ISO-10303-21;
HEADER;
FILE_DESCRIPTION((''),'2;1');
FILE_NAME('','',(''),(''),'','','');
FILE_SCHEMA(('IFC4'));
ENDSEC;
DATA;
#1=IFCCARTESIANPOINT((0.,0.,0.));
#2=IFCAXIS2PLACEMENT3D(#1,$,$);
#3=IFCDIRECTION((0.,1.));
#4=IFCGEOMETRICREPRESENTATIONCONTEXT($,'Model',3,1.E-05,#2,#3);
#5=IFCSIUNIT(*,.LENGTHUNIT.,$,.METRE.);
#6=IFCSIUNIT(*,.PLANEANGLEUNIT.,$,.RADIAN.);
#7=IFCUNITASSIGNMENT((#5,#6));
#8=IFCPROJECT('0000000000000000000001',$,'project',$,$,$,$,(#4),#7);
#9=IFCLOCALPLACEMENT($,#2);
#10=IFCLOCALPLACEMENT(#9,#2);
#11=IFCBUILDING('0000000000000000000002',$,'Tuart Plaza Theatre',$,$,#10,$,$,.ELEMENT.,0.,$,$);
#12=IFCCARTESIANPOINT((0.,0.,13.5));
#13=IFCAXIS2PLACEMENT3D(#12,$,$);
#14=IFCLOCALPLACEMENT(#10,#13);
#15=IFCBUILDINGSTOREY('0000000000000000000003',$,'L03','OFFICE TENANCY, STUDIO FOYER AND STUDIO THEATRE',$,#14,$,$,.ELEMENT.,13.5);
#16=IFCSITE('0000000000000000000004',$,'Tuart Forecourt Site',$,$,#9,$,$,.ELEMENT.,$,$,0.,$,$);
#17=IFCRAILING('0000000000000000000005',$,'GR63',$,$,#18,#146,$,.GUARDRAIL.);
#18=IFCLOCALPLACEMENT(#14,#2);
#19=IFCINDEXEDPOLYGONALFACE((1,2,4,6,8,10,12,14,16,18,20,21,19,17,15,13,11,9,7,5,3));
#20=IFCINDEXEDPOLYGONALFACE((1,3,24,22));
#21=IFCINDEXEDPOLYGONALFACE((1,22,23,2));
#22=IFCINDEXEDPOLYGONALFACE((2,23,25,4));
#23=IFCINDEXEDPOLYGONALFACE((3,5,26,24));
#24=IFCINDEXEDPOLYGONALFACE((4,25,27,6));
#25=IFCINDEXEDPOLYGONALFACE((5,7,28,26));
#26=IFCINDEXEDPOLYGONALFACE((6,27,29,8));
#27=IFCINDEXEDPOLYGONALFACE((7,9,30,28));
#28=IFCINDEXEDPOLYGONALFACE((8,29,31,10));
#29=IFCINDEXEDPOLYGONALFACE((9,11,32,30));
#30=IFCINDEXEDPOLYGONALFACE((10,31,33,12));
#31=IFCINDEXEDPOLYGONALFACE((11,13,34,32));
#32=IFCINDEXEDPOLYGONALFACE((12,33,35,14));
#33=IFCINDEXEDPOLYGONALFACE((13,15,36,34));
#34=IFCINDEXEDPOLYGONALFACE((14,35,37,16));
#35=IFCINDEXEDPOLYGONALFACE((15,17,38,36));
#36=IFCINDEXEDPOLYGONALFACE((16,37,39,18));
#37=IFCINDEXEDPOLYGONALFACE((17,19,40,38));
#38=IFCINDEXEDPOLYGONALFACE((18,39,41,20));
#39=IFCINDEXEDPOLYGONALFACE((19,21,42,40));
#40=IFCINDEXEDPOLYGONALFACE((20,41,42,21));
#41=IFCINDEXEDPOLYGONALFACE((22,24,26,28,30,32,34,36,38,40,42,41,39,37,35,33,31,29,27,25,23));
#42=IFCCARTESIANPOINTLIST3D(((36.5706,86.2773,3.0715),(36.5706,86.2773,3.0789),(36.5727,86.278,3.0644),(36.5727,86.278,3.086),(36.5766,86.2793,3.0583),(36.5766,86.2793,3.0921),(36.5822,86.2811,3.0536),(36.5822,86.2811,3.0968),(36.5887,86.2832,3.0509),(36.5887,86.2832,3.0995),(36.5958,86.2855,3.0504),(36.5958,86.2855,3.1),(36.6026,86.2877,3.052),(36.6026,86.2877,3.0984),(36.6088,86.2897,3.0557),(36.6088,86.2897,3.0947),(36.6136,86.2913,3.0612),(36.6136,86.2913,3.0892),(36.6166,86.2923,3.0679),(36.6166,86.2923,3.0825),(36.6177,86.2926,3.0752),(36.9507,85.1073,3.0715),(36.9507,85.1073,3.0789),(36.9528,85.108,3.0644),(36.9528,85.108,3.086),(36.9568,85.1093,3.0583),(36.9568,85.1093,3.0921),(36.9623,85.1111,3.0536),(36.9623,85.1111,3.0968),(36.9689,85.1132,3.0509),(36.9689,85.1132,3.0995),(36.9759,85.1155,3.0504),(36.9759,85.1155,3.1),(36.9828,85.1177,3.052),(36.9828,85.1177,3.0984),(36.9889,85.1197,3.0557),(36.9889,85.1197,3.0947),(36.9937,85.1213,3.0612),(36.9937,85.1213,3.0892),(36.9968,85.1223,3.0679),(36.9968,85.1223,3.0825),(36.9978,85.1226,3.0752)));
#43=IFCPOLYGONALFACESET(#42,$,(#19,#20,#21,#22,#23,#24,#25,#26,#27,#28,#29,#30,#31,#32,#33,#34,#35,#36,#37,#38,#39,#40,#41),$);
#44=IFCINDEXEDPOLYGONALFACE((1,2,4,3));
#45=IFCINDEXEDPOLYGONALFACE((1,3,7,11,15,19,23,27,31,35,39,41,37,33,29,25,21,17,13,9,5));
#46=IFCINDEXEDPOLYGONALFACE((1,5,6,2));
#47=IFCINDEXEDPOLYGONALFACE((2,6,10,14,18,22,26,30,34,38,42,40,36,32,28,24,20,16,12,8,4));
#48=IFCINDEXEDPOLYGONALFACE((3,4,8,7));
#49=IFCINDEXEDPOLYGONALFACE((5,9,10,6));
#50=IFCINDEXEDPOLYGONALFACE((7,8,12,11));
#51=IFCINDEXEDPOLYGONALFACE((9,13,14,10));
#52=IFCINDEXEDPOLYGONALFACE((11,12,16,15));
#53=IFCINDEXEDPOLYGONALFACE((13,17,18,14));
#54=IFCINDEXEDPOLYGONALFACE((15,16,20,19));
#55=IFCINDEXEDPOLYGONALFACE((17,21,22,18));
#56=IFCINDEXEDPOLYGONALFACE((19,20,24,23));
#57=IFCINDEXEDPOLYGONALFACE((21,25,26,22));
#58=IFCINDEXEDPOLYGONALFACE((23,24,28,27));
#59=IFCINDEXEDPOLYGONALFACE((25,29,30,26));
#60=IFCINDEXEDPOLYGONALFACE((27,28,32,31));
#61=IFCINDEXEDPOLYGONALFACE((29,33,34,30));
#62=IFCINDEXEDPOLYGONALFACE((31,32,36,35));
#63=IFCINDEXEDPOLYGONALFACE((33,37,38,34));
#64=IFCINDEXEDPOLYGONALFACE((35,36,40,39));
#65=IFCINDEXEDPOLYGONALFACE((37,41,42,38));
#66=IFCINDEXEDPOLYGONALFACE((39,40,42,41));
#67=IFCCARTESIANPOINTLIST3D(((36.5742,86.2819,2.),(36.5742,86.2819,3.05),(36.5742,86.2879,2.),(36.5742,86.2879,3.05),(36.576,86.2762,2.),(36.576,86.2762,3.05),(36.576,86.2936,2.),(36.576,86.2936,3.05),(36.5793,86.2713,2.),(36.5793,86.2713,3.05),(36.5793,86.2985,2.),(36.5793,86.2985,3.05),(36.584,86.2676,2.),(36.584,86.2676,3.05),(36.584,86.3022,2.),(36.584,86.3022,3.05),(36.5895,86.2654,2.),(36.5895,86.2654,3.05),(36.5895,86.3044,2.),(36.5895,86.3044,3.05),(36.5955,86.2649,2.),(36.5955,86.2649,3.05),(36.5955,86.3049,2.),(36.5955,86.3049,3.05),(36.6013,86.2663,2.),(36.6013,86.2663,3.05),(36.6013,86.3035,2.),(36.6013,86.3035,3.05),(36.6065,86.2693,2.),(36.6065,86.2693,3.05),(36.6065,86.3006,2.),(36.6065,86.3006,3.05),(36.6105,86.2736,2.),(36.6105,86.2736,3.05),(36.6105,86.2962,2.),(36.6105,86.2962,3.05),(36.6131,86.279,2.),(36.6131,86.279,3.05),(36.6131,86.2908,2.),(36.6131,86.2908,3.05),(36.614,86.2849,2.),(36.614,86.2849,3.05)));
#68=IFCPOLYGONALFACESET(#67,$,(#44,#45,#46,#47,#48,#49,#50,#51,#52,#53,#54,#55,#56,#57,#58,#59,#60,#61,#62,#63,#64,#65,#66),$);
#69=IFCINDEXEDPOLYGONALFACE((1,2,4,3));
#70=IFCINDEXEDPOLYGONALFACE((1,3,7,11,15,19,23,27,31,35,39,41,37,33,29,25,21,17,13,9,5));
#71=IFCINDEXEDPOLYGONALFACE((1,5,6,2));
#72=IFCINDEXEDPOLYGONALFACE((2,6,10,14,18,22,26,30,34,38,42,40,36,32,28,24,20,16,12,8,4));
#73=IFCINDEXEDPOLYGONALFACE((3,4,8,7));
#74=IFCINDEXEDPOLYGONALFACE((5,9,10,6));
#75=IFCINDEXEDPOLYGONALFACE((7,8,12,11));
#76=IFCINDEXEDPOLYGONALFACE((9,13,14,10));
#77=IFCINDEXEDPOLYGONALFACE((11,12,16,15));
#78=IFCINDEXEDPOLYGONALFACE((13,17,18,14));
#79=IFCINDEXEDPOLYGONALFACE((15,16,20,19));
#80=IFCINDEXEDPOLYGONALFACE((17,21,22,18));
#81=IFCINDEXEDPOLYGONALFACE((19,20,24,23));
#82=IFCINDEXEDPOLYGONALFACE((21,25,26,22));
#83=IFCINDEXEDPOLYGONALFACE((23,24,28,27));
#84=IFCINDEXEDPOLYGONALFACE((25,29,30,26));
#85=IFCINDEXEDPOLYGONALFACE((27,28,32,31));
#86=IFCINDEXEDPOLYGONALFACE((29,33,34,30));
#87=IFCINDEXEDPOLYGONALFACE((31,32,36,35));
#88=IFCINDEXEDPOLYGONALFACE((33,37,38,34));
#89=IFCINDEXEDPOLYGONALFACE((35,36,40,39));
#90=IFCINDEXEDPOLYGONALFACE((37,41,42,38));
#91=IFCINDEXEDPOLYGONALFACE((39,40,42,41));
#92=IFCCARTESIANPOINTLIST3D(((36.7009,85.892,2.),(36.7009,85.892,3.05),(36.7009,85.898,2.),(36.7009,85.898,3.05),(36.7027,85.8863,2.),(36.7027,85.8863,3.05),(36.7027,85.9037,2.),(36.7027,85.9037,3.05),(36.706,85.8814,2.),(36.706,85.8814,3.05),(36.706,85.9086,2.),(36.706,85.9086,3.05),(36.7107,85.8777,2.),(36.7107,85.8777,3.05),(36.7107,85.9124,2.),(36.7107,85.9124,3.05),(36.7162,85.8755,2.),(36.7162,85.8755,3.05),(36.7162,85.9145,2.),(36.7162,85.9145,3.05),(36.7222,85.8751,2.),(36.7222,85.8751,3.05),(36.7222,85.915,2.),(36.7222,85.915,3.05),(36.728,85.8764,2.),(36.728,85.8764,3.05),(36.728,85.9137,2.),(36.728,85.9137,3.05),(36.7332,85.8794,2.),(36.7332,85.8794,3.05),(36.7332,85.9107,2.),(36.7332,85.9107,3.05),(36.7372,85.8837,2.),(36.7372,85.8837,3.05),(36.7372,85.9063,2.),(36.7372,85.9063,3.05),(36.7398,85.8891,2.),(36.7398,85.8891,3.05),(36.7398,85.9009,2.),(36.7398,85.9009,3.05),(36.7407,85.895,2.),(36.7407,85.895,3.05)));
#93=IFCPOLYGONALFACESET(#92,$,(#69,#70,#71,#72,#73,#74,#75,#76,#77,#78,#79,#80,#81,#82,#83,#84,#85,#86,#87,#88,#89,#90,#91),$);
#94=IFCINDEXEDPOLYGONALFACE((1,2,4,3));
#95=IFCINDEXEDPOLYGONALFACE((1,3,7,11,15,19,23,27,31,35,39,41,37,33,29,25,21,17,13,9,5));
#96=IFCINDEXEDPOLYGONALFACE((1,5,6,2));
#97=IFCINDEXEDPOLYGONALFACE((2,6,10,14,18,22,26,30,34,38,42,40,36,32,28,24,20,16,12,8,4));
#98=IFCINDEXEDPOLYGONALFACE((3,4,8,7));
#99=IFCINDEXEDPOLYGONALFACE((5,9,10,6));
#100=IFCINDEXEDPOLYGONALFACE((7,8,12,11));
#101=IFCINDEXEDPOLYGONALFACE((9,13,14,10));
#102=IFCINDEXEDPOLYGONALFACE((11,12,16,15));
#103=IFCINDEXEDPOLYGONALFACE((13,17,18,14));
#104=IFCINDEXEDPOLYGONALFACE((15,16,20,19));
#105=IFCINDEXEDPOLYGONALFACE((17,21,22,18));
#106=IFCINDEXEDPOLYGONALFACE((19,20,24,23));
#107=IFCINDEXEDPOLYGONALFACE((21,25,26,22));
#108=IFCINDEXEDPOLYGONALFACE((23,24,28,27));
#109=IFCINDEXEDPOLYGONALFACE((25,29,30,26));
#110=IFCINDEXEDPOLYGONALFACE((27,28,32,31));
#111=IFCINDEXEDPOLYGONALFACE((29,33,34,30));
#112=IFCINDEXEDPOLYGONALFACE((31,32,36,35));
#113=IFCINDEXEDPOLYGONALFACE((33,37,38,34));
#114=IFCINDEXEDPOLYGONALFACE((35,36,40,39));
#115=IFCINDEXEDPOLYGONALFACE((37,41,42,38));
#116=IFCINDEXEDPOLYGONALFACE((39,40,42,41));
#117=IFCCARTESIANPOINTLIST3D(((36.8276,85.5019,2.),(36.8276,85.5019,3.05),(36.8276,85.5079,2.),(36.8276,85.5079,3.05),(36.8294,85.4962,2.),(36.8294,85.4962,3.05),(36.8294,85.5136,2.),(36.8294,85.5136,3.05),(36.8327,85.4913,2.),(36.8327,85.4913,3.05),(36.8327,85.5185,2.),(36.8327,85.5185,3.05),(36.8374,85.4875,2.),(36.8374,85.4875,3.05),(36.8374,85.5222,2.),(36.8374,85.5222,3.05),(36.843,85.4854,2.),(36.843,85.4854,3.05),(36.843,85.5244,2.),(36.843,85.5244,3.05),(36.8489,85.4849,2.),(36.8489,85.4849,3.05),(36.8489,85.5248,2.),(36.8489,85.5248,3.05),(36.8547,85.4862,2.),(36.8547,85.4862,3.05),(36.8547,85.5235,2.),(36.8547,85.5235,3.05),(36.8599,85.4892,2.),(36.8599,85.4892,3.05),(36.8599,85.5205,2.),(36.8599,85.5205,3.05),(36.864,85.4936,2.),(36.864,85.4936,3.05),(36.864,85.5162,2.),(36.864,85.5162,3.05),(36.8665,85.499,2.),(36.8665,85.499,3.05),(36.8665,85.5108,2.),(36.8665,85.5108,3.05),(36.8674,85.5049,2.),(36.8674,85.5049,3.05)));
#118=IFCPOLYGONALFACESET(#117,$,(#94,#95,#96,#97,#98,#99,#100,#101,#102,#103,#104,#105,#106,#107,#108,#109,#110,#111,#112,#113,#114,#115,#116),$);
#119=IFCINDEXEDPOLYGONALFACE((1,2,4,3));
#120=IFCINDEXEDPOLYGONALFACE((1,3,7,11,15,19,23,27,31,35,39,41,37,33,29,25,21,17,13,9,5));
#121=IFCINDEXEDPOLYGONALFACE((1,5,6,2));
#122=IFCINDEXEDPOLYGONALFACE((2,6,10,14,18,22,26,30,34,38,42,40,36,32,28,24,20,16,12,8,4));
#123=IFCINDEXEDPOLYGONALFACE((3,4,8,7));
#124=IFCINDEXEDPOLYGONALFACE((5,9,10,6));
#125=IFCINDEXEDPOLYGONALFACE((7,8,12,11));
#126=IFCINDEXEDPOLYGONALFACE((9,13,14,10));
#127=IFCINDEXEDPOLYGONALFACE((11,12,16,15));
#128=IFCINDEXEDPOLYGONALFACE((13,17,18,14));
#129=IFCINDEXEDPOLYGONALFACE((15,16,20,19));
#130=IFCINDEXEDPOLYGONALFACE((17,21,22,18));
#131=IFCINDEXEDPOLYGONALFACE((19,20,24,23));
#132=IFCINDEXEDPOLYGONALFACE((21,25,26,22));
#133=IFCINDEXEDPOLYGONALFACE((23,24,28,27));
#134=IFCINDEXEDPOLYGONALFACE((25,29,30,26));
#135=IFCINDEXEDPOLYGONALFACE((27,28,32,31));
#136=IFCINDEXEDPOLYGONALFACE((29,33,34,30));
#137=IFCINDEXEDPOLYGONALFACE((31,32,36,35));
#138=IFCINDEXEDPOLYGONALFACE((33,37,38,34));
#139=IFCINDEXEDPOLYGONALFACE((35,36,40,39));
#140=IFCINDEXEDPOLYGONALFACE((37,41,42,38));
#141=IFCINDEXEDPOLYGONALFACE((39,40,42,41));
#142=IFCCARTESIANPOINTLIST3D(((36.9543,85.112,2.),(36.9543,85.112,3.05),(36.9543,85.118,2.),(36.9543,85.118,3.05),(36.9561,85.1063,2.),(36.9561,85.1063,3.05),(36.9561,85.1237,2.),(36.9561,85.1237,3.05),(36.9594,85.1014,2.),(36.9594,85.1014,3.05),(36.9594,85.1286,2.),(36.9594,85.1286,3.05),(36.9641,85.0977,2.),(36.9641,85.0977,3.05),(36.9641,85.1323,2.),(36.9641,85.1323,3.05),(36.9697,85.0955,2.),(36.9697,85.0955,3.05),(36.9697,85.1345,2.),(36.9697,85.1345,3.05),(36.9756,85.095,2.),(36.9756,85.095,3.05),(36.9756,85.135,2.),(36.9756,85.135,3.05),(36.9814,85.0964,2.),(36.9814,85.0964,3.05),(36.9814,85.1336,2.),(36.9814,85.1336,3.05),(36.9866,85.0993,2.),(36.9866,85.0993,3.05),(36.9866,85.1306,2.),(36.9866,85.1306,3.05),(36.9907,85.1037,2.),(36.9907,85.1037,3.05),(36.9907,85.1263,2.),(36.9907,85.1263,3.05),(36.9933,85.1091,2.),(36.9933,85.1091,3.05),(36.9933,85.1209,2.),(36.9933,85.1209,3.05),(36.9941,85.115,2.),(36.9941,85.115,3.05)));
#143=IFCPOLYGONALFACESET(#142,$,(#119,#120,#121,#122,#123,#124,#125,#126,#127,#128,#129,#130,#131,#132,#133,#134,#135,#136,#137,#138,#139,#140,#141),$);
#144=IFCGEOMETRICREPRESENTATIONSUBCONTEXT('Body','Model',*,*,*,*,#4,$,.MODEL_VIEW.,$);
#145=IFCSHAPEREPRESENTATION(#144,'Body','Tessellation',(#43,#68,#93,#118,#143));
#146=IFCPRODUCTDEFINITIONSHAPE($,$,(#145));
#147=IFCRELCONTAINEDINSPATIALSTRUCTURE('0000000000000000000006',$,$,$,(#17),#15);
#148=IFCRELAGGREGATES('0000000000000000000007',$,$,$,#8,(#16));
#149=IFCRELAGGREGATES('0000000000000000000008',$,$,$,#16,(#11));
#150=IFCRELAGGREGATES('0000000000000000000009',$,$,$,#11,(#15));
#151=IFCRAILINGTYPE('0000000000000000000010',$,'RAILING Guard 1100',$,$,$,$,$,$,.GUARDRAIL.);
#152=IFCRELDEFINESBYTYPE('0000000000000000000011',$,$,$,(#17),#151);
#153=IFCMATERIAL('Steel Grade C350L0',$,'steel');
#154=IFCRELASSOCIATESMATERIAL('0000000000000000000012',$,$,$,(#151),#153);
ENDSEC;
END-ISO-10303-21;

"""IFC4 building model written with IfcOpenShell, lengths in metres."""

from ifc_helpers import new_model, si_unit, direction, frame, origin, origin_2d, place, context, subcontext, project, spatial, circle, extrude, material, type_object, element, save


model = new_model("IFC4")

# Units and contexts
model_context = context("Model", 3, precision=1e-05, world=origin(), true_north=direction((0.0, 1.0)))
body_context = subcontext(model_context, "Body", "Model", "MODEL_VIEW")
ifc_project = project(units=[si_unit("LENGTHUNIT", "METRE"), si_unit("PLANEANGLEUNIT", "RADIAN")], contexts=[model_context])

# Site, building, storey
site_placement = place(None, origin())
site = spatial("IfcSite", under=ifc_project, at=site_placement, Name="Tuart Forecourt Site", CompositionType="ELEMENT", RefElevation=0.0)
building_placement = place(site_placement, origin())
building = spatial("IfcBuilding", under=site, at=building_placement, Name="Tuart Plaza Theatre", CompositionType="ELEMENT", ElevationOfRefHeight=0.0)
storey_placement = place(building_placement, frame((0.0, 0.0, 13.5)))
storey = spatial("IfcBuildingStorey", under=building, at=storey_placement, Name="L03", Description="OFFICE TENANCY, STUDIO FOYER AND STUDIO THEATRE", CompositionType="ELEMENT", Elevation=13.5)

# Railing
ifc_material_1 = material(Name="Steel Grade C350L0", Category="steel")
railing_type_1 = type_object("IfcRailingType", Name="RAILING Guard 1100", PredefinedType="GUARDRAIL", material=ifc_material_1)
railing_1_placement = place(storey_placement, frame((36.594, 86.2849, 2.0)))
element("IfcRailing", 1, at=railing_1_placement, inside=storey, type_object=railing_type_1, Name="GR63", PredefinedType="GUARDRAIL", context=body_context, shape_type="SweptSolid", body=[
    extrude(circle(Radius=0.0249, at=origin_2d()), frame((0.0, 0.0, 1.0752), z_axis=(0.309014, -0.951057, 0.0), x_axis=(0.951057, 0.309014, 0.0)), (0.0, 0.0, 1.0), 1.2302),
    extrude(circle(Radius=0.02, at=origin_2d()), origin(), (0.0, 0.0, 1.0), 1.05),
    extrude(circle(Radius=0.02, at=origin_2d()), frame((0.1267, -0.3899, 0.0)), (0.0, 0.0, 1.0), 1.05),
    extrude(circle(Radius=0.02, at=origin_2d()), frame((0.2534, -0.78, 0.0)), (0.0, 0.0, 1.0), 1.05),
    extrude(circle(Radius=0.02, at=origin_2d()), frame((0.3801, -1.1699, 0.0)), (0.0, 0.0, 1.0), 1.05),
])

save(model, "model.ifc")
